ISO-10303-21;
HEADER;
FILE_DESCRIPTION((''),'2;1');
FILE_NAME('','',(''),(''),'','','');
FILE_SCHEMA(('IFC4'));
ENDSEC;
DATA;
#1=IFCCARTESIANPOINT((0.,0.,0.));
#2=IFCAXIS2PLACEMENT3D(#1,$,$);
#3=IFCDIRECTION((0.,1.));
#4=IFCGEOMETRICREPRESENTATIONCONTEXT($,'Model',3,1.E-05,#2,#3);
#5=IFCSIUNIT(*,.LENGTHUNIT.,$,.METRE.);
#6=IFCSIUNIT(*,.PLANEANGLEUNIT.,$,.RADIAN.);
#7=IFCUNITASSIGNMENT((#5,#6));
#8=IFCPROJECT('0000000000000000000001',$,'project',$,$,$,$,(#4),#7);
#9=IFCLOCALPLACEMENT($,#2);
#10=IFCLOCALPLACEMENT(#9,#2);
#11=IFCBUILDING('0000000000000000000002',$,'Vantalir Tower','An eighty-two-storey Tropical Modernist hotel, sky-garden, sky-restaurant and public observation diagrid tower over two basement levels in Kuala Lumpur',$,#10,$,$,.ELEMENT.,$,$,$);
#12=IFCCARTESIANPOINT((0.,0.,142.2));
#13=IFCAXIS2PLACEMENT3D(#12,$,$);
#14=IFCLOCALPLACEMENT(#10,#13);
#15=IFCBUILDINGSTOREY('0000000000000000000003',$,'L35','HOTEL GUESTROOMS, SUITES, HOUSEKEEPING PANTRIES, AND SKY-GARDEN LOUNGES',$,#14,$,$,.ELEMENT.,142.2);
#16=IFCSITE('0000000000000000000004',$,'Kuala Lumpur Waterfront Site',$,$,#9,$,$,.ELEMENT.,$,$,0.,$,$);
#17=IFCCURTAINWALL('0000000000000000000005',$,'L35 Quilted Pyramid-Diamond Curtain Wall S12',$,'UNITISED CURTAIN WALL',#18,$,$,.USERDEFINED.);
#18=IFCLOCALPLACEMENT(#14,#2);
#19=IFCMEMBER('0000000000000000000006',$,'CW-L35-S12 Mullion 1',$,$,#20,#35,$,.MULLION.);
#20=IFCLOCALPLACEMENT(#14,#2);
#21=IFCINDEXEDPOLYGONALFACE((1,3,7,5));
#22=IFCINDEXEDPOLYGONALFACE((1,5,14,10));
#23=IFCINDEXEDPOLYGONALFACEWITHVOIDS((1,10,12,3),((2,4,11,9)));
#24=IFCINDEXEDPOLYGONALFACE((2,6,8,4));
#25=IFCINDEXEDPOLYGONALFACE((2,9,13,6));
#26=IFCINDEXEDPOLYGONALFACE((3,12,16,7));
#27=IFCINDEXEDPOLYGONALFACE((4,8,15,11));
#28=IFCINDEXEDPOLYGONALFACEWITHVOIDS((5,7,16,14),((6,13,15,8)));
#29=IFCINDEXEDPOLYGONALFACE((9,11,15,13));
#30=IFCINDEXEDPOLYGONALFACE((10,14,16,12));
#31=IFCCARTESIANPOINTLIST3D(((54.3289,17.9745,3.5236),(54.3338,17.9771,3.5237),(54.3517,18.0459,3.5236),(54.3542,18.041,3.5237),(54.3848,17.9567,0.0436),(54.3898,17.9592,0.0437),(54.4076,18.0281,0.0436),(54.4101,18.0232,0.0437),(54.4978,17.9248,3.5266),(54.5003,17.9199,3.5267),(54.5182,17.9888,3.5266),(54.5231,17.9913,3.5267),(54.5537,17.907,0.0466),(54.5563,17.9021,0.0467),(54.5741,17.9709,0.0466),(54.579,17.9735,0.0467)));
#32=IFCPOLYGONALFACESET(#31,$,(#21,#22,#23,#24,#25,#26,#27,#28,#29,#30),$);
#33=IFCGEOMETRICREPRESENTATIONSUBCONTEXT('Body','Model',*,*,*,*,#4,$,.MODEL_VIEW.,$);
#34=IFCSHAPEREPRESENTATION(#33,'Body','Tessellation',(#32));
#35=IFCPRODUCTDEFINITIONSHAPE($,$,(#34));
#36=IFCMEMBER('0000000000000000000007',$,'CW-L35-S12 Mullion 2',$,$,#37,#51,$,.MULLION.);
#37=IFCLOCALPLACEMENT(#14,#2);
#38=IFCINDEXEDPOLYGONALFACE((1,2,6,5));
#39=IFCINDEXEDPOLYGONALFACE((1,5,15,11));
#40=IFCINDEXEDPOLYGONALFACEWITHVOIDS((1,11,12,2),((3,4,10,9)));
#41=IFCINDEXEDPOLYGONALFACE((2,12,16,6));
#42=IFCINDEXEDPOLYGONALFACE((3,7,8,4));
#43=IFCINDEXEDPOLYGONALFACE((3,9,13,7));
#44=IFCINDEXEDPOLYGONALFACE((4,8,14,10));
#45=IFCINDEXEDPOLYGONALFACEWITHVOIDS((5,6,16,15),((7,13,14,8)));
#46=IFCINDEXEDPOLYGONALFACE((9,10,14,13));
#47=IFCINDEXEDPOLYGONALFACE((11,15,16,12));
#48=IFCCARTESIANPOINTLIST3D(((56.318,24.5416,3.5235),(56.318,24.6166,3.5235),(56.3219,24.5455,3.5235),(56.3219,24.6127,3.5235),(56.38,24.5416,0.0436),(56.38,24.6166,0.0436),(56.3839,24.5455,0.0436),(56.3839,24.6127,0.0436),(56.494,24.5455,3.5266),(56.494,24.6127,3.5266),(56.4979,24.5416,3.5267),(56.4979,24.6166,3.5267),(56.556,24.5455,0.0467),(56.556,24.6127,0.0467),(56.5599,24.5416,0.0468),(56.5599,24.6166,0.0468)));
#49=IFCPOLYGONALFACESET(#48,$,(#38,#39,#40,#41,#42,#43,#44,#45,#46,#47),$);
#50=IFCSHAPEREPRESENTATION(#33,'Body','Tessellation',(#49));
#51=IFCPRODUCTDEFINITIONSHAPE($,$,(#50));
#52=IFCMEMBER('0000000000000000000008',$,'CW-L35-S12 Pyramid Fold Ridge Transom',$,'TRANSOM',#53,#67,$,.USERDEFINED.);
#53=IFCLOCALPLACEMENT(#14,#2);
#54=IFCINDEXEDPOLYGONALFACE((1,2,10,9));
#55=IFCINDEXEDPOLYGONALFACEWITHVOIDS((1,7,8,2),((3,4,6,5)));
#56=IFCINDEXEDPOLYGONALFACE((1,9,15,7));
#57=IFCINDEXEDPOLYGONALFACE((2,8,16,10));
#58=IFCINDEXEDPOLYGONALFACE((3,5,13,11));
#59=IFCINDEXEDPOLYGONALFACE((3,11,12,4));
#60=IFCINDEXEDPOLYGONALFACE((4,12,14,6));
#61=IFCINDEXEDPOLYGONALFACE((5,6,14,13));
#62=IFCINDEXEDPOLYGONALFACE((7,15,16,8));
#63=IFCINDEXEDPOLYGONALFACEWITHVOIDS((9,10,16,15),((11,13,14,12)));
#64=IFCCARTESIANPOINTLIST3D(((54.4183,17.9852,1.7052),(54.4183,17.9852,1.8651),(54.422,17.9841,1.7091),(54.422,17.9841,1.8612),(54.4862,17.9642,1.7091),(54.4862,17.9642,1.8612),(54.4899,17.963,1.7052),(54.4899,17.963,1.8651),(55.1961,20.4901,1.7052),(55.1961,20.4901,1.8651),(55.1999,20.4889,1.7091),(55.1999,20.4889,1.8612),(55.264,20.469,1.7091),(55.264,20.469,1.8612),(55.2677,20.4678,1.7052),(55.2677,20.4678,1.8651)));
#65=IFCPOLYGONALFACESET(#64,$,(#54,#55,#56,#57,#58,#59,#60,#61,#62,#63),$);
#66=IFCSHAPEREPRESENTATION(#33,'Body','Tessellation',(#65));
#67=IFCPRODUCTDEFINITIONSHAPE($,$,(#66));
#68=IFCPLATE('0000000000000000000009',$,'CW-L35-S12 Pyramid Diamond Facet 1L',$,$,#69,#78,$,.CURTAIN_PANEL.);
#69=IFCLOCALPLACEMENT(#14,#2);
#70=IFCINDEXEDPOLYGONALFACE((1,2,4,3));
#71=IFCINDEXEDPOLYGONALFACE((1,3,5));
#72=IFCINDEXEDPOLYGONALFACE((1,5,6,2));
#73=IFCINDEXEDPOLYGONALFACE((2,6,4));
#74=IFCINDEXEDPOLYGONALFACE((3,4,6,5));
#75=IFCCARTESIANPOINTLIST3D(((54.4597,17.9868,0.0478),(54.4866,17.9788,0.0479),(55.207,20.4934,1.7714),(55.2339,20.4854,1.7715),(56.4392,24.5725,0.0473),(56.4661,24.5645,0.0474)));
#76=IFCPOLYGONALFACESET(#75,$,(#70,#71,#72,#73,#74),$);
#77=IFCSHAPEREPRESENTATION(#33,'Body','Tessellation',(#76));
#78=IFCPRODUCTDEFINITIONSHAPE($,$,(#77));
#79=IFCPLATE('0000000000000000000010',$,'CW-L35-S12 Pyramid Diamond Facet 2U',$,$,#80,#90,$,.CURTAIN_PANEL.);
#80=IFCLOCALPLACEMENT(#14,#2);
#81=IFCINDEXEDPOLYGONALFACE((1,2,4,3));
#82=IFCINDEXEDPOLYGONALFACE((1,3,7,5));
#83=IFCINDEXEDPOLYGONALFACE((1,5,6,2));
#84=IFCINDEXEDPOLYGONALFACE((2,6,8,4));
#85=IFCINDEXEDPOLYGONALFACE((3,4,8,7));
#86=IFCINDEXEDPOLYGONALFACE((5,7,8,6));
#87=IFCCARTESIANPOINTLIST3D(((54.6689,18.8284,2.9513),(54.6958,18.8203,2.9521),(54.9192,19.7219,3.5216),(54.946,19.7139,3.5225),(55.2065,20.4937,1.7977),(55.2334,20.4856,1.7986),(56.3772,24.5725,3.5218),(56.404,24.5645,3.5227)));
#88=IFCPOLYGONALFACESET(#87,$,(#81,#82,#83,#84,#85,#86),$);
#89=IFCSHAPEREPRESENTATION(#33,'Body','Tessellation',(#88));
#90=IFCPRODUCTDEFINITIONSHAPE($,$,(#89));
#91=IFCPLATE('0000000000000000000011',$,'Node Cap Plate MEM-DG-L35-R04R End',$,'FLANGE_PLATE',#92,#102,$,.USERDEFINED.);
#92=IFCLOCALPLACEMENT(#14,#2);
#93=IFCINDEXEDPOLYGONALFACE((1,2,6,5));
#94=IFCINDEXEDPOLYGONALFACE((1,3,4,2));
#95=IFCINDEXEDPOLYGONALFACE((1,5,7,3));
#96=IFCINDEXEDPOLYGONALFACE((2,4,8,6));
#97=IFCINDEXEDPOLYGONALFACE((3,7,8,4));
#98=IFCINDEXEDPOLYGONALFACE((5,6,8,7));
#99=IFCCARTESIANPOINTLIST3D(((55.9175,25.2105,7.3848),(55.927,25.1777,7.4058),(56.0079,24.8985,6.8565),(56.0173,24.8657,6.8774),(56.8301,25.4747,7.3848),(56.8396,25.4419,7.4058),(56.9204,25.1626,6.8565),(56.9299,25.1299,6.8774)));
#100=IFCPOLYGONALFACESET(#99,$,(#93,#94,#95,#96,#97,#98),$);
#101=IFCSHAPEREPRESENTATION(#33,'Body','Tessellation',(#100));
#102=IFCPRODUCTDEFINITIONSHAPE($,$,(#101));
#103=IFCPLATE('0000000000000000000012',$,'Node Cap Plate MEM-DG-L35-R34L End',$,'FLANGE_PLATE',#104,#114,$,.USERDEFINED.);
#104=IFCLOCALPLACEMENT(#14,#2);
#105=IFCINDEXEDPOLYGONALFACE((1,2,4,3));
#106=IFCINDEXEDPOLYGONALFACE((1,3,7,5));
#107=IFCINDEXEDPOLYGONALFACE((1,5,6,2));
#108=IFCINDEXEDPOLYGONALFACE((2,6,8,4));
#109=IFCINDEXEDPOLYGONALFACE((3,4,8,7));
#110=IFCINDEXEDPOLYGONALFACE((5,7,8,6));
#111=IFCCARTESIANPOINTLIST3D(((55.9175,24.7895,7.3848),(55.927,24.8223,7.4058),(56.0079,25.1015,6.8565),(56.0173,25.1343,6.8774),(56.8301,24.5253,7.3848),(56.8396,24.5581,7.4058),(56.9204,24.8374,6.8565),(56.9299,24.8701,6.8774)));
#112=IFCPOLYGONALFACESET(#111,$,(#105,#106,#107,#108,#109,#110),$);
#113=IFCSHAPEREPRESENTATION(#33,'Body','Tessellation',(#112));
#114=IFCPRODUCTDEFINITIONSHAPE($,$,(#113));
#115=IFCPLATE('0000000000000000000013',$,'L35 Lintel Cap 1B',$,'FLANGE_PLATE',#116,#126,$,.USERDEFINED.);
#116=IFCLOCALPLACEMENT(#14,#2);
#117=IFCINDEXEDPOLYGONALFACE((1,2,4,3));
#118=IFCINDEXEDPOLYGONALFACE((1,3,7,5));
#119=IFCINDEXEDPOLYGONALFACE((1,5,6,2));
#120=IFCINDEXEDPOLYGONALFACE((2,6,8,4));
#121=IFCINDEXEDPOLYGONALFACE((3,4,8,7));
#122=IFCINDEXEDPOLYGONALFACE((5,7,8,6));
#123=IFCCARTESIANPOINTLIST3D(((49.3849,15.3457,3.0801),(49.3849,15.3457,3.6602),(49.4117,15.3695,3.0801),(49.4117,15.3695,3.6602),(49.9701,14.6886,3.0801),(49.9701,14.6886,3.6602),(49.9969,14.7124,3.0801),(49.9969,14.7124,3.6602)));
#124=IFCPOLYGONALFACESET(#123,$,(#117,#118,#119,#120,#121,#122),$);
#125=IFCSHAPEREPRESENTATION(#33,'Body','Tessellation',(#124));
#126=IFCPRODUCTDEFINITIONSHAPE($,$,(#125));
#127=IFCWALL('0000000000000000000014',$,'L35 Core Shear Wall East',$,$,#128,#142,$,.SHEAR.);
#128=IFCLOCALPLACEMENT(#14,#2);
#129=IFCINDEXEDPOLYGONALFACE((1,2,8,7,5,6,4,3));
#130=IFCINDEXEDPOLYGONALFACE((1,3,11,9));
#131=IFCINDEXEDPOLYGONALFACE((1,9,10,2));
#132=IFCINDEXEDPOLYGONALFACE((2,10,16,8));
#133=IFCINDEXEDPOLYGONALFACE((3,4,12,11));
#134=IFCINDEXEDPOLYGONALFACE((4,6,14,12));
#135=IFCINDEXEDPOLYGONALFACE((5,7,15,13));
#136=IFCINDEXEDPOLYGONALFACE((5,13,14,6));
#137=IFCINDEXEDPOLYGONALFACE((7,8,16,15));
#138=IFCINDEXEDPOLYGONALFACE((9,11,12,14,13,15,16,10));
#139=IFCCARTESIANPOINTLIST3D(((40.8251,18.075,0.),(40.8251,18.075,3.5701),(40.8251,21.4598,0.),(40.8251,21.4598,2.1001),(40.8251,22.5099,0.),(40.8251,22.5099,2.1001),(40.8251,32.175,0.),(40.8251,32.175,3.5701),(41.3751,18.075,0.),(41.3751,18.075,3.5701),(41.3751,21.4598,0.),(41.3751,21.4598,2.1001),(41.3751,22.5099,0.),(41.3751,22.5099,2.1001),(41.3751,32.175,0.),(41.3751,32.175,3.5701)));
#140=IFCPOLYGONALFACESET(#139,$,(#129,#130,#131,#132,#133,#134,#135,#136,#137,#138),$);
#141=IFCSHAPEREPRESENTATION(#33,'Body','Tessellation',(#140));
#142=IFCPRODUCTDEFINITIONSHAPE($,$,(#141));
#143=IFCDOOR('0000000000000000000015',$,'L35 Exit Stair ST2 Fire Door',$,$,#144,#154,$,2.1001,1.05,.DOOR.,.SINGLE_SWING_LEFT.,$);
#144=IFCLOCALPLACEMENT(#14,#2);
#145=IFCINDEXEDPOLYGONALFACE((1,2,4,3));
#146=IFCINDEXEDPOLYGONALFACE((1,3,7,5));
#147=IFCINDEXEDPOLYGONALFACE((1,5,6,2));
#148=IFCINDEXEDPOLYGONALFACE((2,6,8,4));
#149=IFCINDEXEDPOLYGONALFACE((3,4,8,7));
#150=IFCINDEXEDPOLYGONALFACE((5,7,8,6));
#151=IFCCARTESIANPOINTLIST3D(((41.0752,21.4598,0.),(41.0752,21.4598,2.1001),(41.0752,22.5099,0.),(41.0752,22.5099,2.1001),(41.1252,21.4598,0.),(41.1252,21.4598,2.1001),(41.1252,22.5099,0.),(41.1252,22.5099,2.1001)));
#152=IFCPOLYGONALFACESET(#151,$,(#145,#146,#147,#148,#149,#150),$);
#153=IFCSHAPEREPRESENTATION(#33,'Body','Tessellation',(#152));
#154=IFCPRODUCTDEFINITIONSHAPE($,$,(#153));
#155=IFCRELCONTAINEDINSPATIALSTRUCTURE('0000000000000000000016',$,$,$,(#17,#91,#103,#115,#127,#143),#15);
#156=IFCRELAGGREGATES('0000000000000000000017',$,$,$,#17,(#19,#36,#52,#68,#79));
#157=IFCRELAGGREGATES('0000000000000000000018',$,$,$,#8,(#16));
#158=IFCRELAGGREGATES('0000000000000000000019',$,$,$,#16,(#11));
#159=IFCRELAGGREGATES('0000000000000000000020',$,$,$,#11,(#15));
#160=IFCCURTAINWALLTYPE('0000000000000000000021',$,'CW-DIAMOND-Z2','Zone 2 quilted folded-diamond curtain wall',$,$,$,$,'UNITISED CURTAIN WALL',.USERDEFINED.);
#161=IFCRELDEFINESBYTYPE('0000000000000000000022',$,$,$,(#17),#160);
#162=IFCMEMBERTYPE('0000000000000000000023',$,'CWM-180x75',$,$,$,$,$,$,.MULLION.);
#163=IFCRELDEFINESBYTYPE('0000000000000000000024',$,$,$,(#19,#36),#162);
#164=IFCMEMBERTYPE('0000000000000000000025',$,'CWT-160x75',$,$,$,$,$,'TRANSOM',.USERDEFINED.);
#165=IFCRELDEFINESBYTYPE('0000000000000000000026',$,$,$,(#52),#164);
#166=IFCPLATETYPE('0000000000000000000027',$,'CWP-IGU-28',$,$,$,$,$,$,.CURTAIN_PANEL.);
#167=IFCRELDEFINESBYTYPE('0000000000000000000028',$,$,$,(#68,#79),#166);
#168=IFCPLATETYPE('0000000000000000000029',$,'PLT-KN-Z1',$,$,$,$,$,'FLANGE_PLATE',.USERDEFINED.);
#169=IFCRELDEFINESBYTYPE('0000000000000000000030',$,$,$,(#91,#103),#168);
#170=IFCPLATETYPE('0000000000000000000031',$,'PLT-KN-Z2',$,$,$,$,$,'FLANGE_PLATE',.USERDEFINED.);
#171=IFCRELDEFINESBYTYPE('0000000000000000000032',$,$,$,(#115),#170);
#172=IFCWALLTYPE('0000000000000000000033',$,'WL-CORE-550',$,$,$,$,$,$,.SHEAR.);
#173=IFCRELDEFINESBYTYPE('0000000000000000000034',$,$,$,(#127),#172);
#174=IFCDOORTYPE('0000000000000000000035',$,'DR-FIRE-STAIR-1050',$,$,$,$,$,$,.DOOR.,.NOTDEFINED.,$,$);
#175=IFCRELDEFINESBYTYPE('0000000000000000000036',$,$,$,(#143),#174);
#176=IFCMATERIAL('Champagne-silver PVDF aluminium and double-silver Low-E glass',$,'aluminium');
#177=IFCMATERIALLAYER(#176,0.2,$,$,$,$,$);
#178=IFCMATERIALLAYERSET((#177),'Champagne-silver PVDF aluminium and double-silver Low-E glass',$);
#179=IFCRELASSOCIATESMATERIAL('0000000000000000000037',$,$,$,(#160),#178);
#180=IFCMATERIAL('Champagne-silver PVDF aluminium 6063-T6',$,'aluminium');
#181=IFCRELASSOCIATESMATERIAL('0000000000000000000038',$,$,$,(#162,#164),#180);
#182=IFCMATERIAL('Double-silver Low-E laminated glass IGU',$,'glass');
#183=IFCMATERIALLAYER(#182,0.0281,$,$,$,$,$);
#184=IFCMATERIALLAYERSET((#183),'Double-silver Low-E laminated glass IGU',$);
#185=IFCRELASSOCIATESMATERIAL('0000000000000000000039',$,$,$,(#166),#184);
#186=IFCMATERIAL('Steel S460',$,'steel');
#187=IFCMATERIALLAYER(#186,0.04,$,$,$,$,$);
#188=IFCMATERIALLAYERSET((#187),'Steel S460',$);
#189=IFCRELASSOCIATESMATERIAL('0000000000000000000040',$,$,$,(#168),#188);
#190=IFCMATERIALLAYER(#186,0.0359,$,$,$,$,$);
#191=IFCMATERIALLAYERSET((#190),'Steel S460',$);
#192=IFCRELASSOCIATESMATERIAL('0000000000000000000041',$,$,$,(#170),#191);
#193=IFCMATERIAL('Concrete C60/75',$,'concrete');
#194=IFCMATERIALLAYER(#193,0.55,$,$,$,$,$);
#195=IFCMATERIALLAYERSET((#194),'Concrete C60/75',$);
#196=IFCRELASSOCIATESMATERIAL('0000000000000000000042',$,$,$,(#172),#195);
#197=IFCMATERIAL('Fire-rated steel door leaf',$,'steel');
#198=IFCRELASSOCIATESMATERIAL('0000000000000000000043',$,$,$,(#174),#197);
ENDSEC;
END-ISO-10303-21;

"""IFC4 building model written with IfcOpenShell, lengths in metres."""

from ifc_helpers import new_model, si_unit, direction, frame, frame_2d, origin, origin_2d, place, context, subcontext, project, spatial, polyline, rectangle, hollow_rectangle, outline, extrude, material, layer, layer_set, material_profile, profile_set, type_object, element, fill, aggregate, save


model = new_model("IFC4")

# Units and contexts
model_context = context("Model", 3, precision=1e-05, world=origin(), true_north=direction((0.0, 1.0)))
body_context = subcontext(model_context, "Body", "Model", "MODEL_VIEW")
ifc_project = project(units=[si_unit("LENGTHUNIT", "METRE"), si_unit("PLANEANGLEUNIT", "RADIAN")], contexts=[model_context])

# Site, building, storey
site_placement = place(None, origin())
site = spatial("IfcSite", under=ifc_project, at=site_placement, Name="Kuala Lumpur Waterfront Site", CompositionType="ELEMENT", RefElevation=0.0)
building_placement = place(site_placement, origin())
building = spatial("IfcBuilding", under=site, at=building_placement, Name="Vantalir Tower", Description="An eighty-two-storey Tropical Modernist hotel, sky-garden, sky-restaurant and public observation diagrid tower over two basement levels in Kuala Lumpur", CompositionType="ELEMENT")
storey_placement = place(building_placement, frame((0.0, 0.0, 142.2)))
storey = spatial("IfcBuildingStorey", under=building, at=storey_placement, Name="L35", Description="HOTEL GUESTROOMS, SUITES, HOUSEKEEPING PANTRIES, AND SKY-GARDEN LOUNGES", CompositionType="ELEMENT", Elevation=142.2)

# Shared definitions
ifc_material_1 = material(Name="Concrete C60/75", Category="concrete")
ifc_material_2 = material(Name="Steel S460", Category="steel")

# Curtain wall, members, plates
ifc_material_3 = material(Name="Champagne-silver PVDF aluminium and double-silver Low-E glass", Category="aluminium")
ifc_layer_1 = layer(ifc_material_3, 0.2)
ifc_layer_set_1 = layer_set([ifc_layer_1], Name="Champagne-silver PVDF aluminium and double-silver Low-E glass")
curtain_wall_type = type_object("IfcCurtainWallType", Name="CW-DIAMOND-Z2", Description="Zone 2 quilted folded-diamond curtain wall", ElementType="UNITISED CURTAIN WALL", PredefinedType="USERDEFINED", material=ifc_layer_set_1)
curtain_wall_placement = place(storey_placement, origin())
curtain_wall = element("IfcCurtainWall", 1, at=curtain_wall_placement, inside=storey, type_object=curtain_wall_type, Name="L35 Quilted Pyramid-Diamond Curtain Wall S12", ObjectType="UNITISED CURTAIN WALL", PredefinedType="USERDEFINED")
ifc_material_4 = material(Name="Champagne-silver PVDF aluminium 6063-T6", Category="aluminium")
ifc_material_profile_1 = material_profile(ifc_material_4, hollow_rectangle(XDim=0.075, YDim=0.1799, WallThickness=0.0039, at=origin_2d()), Name="Champagne-silver PVDF aluminium 6063-T6")
ifc_profile_set_1 = profile_set([ifc_material_profile_1], Name="Champagne-silver PVDF aluminium 6063-T6")
member_type_1 = type_object("IfcMemberType", Name="CWM-180x75", PredefinedType="MULLION", material=ifc_profile_set_1)
member_1_placement = place(storey_placement, frame((54.4819, 17.9651, 0.0452), z_axis=(-0.016063, 0.005121, 0.999858), x_axis=(-0.303719, -0.952762, 0.0)))
member_1 = element("IfcMember", 2, at=member_1_placement, type_object=member_type_1, Name="CW-L35-S12 Mullion 1", PredefinedType="MULLION", context=body_context, shape_type="SweptSolid", body=[
    extrude(hollow_rectangle(XDim=0.075, YDim=0.1799, WallThickness=0.0039, at=origin_2d()), origin(), (0.0, 0.0, 1.0), 3.4805),
])
member_2_placement = place(storey_placement, frame((56.47, 24.5791, 0.0452), z_axis=(-0.017817, 0.0, 0.999841), x_axis=(0.0, -1.0, 0.0)))
member_2 = element("IfcMember", 3, at=member_2_placement, type_object=member_type_1, Name="CW-L35-S12 Mullion 2", PredefinedType="MULLION", context=body_context, shape_type="SweptSolid", body=[
    extrude(hollow_rectangle(XDim=0.075, YDim=0.1799, WallThickness=0.0039, at=origin_2d()), origin(), (0.0, 0.0, 1.0), 3.4805),
])
ifc_material_profile_2 = material_profile(ifc_material_4, hollow_rectangle(XDim=0.075, YDim=0.1599, WallThickness=0.0039, at=origin_2d()), Name="Champagne-silver PVDF aluminium 6063-T6")
ifc_profile_set_2 = profile_set([ifc_material_profile_2], Name="Champagne-silver PVDF aluminium 6063-T6")
member_type_2 = type_object("IfcMemberType", Name="CWT-160x75", ElementType="TRANSOM", PredefinedType="USERDEFINED", material=ifc_profile_set_2)
member_3_placement = place(storey_placement, frame((54.4541, 17.9741, 1.7852), z_axis=(0.296557, 0.955015, 0.0), x_axis=(-0.955015, 0.296557, 0.0)))
member_3 = element("IfcMember", 4, at=member_3_placement, type_object=member_type_2, Name="CW-L35-S12 Pyramid Fold Ridge Transom", ObjectType="TRANSOM", PredefinedType="USERDEFINED", context=body_context, shape_type="SweptSolid", body=[
    extrude(hollow_rectangle(XDim=0.075, YDim=0.1599, WallThickness=0.0039, at=origin_2d()), origin(), (0.0, 0.0, 1.0), 2.6228),
])
ifc_material_5 = material(Name="Double-silver Low-E laminated glass IGU", Category="glass")
ifc_layer_2 = layer(ifc_material_5, 0.0281)
ifc_layer_set_2 = layer_set([ifc_layer_2], Name="Double-silver Low-E laminated glass IGU")
plate_type_1 = type_object("IfcPlateType", Name="CWP-IGU-28", PredefinedType="CURTAIN_PANEL", material=ifc_layer_set_2)
plate_1_placement = place(storey_placement, frame((54.4866, 17.9788, 0.0479), z_axis=(0.957669, -0.287851, 0.003391), x_axis=(0.287853, 0.957675, -0.000071)))
plate_1 = element("IfcPlate", 5, at=plate_1_placement, type_object=plate_type_1, Name="CW-L35-S12 Pyramid Diamond Facet 1L", PredefinedType="CURTAIN_PANEL", context=body_context, shape_type="SweptSolid", body=[
    extrude(outline(polyline([(0.0, 0.0), (6.8768, 0.0), (2.6155, 1.7238), (0.0, 0.0)])), origin(), (0.0, 0.0, -1.0), 0.0281),
])
plate_2_placement = place(storey_placement, frame((54.946, 19.7139, 3.5225), z_axis=(0.95722, -0.287723, 0.030754), x_axis=(0.287857, 0.957673, 0.000048)))
plate_2 = element("IfcPlate", 6, at=plate_2_placement, type_object=plate_type_1, Name="CW-L35-S12 Pyramid Diamond Facet 2U", PredefinedType="CURTAIN_PANEL", context=body_context, shape_type="SweptSolid", body=[
    extrude(outline(polyline([(0.0, 0.0), (5.065, 0.0), (0.8217, -1.7247), (-0.9278, -0.5705), (0.0, 0.0)])), origin(), (0.0, 0.0, -1.0), 0.0281),
])
aggregate(curtain_wall, [member_1, member_2, member_3, plate_1, plate_2])

# Plates
ifc_layer_3 = layer(ifc_material_2, 0.04)
ifc_layer_set_3 = layer_set([ifc_layer_3], Name="Steel S460")
plate_type_2 = type_object("IfcPlateType", Name="PLT-KN-Z1", ElementType="FLANGE_PLATE", PredefinedType="USERDEFINED", material=ifc_layer_set_3)
plate_3_placement = place(storey_placement, frame((56.0173, 24.8657, 6.8774), z_axis=(0.236859, -0.81828, 0.523752), x_axis=(0.960568, 0.278046, 0.0)))
element("IfcPlate", 7, at=plate_3_placement, inside=storey, type_object=plate_type_2, Name="Node Cap Plate MEM-DG-L35-R04R End", ObjectType="FLANGE_PLATE", PredefinedType="USERDEFINED", context=body_context, shape_type="SweptSolid", body=[
    extrude(outline(polyline([(0.0, 0.0), (0.9501, 0.0), (0.95, 0.6202), (0.0, 0.6202), (0.0, 0.0)])), origin(), (0.0, 0.0, -1.0), 0.04),
])
plate_4_placement = place(storey_placement, frame((56.9299, 24.8701, 6.8774), z_axis=(0.236859, 0.81828, 0.523752), x_axis=(-0.960568, 0.278046, 0.0)))
element("IfcPlate", 8, at=plate_4_placement, inside=storey, type_object=plate_type_2, Name="Node Cap Plate MEM-DG-L35-R34L End", ObjectType="FLANGE_PLATE", PredefinedType="USERDEFINED", context=body_context, shape_type="SweptSolid", body=[
    extrude(outline(polyline([(0.0, 0.0), (0.9501, 0.0), (0.9501, 0.6202), (0.0, 0.6202), (0.0, 0.0)])), origin(), (0.0, 0.0, -1.0), 0.04),
])
ifc_layer_4 = layer(ifc_material_2, 0.0359)
ifc_layer_set_4 = layer_set([ifc_layer_4], Name="Steel S460")
plate_type_3 = type_object("IfcPlateType", Name="PLT-KN-Z2", ElementType="FLANGE_PLATE", PredefinedType="USERDEFINED", material=ifc_layer_set_4)
plate_5_placement = place(storey_placement, frame((49.6909, 15.0291, 3.0801), z_axis=(0.0, 0.0, 1.0), x_axis=(0.746789, 0.665061, 0.0)))
element("IfcPlate", 9, at=plate_5_placement, inside=storey, type_object=plate_type_3, Name="L35 Lintel Cap 1B", ObjectType="FLANGE_PLATE", PredefinedType="USERDEFINED", context=body_context, shape_type="SweptSolid", body=[
    extrude(rectangle(XDim=0.0359, YDim=0.8799, at=origin_2d()), origin(), (0.0, 0.0, 1.0), 0.5801),
])

# Wall, opening, door
ifc_layer_5 = layer(ifc_material_1, 0.55)
ifc_layer_set_5 = layer_set([ifc_layer_5], Name="Concrete C60/75")
wall_type_1 = type_object("IfcWallType", Name="WL-CORE-550", PredefinedType="SHEAR", material=ifc_layer_set_5)
wall_1_placement = place(storey_placement, frame((41.1001, 18.075, 0.0), z_axis=(0.0, 0.0, 1.0), x_axis=(0.0, 1.0, 0.0)))
wall_1 = element("IfcWall", 10, at=wall_1_placement, inside=storey, type_object=wall_type_1, Name="L35 Core Shear Wall East", PredefinedType="SHEAR", context=body_context, shape_type="SweptSolid", body=[
    extrude(rectangle(XDim=14.1001, YDim=0.55, at=frame_2d((7.05, 0.0))), origin(), (0.0, 0.0, 1.0), 3.5701),
])
opening_1_placement = place(wall_1_placement, frame((3.385, 0.0, 0.0)))
opening_1 = element("IfcOpeningElement", 11, at=opening_1_placement, cuts=wall_1, PredefinedType="OPENING", context=body_context, shape_type="SweptSolid", body=[
    extrude(rectangle(XDim=1.05, YDim=2.1001, at=frame_2d((0.5249, 1.05))), frame((0.0, 0.2849, 0.0), z_axis=(0.0, -1.0, 0.0), x_axis=(1.0, 0.0, 0.0)), (0.0, 0.0, 1.0), 0.5701),
])
ifc_material_6 = material(Name="Fire-rated steel door leaf", Category="steel")
door_type_1 = type_object("IfcDoorType", Name="DR-FIRE-STAIR-1050", OperationType="NOTDEFINED", PredefinedType="DOOR", material=ifc_material_6)
door_1_placement = place(opening_1_placement, origin())
door_1 = element("IfcDoor", 12, at=door_1_placement, inside=storey, type_object=door_type_1, Name="L35 Exit Stair ST2 Fire Door", OperationType="SINGLE_SWING_LEFT", OverallHeight=2.1001, OverallWidth=1.05, PredefinedType="DOOR", context=body_context, shape_type="SweptSolid", body=[
    extrude(rectangle(XDim=1.05, YDim=2.1001, at=frame_2d((0.5249, 1.05))), frame((0.0, 0.0249, 0.0), z_axis=(0.0, -1.0, 0.0), x_axis=(1.0, 0.0, 0.0)), (0.0, 0.0, 1.0), 0.05),
])
fill(opening_1, door_1)

save(model, "model.ifc")
